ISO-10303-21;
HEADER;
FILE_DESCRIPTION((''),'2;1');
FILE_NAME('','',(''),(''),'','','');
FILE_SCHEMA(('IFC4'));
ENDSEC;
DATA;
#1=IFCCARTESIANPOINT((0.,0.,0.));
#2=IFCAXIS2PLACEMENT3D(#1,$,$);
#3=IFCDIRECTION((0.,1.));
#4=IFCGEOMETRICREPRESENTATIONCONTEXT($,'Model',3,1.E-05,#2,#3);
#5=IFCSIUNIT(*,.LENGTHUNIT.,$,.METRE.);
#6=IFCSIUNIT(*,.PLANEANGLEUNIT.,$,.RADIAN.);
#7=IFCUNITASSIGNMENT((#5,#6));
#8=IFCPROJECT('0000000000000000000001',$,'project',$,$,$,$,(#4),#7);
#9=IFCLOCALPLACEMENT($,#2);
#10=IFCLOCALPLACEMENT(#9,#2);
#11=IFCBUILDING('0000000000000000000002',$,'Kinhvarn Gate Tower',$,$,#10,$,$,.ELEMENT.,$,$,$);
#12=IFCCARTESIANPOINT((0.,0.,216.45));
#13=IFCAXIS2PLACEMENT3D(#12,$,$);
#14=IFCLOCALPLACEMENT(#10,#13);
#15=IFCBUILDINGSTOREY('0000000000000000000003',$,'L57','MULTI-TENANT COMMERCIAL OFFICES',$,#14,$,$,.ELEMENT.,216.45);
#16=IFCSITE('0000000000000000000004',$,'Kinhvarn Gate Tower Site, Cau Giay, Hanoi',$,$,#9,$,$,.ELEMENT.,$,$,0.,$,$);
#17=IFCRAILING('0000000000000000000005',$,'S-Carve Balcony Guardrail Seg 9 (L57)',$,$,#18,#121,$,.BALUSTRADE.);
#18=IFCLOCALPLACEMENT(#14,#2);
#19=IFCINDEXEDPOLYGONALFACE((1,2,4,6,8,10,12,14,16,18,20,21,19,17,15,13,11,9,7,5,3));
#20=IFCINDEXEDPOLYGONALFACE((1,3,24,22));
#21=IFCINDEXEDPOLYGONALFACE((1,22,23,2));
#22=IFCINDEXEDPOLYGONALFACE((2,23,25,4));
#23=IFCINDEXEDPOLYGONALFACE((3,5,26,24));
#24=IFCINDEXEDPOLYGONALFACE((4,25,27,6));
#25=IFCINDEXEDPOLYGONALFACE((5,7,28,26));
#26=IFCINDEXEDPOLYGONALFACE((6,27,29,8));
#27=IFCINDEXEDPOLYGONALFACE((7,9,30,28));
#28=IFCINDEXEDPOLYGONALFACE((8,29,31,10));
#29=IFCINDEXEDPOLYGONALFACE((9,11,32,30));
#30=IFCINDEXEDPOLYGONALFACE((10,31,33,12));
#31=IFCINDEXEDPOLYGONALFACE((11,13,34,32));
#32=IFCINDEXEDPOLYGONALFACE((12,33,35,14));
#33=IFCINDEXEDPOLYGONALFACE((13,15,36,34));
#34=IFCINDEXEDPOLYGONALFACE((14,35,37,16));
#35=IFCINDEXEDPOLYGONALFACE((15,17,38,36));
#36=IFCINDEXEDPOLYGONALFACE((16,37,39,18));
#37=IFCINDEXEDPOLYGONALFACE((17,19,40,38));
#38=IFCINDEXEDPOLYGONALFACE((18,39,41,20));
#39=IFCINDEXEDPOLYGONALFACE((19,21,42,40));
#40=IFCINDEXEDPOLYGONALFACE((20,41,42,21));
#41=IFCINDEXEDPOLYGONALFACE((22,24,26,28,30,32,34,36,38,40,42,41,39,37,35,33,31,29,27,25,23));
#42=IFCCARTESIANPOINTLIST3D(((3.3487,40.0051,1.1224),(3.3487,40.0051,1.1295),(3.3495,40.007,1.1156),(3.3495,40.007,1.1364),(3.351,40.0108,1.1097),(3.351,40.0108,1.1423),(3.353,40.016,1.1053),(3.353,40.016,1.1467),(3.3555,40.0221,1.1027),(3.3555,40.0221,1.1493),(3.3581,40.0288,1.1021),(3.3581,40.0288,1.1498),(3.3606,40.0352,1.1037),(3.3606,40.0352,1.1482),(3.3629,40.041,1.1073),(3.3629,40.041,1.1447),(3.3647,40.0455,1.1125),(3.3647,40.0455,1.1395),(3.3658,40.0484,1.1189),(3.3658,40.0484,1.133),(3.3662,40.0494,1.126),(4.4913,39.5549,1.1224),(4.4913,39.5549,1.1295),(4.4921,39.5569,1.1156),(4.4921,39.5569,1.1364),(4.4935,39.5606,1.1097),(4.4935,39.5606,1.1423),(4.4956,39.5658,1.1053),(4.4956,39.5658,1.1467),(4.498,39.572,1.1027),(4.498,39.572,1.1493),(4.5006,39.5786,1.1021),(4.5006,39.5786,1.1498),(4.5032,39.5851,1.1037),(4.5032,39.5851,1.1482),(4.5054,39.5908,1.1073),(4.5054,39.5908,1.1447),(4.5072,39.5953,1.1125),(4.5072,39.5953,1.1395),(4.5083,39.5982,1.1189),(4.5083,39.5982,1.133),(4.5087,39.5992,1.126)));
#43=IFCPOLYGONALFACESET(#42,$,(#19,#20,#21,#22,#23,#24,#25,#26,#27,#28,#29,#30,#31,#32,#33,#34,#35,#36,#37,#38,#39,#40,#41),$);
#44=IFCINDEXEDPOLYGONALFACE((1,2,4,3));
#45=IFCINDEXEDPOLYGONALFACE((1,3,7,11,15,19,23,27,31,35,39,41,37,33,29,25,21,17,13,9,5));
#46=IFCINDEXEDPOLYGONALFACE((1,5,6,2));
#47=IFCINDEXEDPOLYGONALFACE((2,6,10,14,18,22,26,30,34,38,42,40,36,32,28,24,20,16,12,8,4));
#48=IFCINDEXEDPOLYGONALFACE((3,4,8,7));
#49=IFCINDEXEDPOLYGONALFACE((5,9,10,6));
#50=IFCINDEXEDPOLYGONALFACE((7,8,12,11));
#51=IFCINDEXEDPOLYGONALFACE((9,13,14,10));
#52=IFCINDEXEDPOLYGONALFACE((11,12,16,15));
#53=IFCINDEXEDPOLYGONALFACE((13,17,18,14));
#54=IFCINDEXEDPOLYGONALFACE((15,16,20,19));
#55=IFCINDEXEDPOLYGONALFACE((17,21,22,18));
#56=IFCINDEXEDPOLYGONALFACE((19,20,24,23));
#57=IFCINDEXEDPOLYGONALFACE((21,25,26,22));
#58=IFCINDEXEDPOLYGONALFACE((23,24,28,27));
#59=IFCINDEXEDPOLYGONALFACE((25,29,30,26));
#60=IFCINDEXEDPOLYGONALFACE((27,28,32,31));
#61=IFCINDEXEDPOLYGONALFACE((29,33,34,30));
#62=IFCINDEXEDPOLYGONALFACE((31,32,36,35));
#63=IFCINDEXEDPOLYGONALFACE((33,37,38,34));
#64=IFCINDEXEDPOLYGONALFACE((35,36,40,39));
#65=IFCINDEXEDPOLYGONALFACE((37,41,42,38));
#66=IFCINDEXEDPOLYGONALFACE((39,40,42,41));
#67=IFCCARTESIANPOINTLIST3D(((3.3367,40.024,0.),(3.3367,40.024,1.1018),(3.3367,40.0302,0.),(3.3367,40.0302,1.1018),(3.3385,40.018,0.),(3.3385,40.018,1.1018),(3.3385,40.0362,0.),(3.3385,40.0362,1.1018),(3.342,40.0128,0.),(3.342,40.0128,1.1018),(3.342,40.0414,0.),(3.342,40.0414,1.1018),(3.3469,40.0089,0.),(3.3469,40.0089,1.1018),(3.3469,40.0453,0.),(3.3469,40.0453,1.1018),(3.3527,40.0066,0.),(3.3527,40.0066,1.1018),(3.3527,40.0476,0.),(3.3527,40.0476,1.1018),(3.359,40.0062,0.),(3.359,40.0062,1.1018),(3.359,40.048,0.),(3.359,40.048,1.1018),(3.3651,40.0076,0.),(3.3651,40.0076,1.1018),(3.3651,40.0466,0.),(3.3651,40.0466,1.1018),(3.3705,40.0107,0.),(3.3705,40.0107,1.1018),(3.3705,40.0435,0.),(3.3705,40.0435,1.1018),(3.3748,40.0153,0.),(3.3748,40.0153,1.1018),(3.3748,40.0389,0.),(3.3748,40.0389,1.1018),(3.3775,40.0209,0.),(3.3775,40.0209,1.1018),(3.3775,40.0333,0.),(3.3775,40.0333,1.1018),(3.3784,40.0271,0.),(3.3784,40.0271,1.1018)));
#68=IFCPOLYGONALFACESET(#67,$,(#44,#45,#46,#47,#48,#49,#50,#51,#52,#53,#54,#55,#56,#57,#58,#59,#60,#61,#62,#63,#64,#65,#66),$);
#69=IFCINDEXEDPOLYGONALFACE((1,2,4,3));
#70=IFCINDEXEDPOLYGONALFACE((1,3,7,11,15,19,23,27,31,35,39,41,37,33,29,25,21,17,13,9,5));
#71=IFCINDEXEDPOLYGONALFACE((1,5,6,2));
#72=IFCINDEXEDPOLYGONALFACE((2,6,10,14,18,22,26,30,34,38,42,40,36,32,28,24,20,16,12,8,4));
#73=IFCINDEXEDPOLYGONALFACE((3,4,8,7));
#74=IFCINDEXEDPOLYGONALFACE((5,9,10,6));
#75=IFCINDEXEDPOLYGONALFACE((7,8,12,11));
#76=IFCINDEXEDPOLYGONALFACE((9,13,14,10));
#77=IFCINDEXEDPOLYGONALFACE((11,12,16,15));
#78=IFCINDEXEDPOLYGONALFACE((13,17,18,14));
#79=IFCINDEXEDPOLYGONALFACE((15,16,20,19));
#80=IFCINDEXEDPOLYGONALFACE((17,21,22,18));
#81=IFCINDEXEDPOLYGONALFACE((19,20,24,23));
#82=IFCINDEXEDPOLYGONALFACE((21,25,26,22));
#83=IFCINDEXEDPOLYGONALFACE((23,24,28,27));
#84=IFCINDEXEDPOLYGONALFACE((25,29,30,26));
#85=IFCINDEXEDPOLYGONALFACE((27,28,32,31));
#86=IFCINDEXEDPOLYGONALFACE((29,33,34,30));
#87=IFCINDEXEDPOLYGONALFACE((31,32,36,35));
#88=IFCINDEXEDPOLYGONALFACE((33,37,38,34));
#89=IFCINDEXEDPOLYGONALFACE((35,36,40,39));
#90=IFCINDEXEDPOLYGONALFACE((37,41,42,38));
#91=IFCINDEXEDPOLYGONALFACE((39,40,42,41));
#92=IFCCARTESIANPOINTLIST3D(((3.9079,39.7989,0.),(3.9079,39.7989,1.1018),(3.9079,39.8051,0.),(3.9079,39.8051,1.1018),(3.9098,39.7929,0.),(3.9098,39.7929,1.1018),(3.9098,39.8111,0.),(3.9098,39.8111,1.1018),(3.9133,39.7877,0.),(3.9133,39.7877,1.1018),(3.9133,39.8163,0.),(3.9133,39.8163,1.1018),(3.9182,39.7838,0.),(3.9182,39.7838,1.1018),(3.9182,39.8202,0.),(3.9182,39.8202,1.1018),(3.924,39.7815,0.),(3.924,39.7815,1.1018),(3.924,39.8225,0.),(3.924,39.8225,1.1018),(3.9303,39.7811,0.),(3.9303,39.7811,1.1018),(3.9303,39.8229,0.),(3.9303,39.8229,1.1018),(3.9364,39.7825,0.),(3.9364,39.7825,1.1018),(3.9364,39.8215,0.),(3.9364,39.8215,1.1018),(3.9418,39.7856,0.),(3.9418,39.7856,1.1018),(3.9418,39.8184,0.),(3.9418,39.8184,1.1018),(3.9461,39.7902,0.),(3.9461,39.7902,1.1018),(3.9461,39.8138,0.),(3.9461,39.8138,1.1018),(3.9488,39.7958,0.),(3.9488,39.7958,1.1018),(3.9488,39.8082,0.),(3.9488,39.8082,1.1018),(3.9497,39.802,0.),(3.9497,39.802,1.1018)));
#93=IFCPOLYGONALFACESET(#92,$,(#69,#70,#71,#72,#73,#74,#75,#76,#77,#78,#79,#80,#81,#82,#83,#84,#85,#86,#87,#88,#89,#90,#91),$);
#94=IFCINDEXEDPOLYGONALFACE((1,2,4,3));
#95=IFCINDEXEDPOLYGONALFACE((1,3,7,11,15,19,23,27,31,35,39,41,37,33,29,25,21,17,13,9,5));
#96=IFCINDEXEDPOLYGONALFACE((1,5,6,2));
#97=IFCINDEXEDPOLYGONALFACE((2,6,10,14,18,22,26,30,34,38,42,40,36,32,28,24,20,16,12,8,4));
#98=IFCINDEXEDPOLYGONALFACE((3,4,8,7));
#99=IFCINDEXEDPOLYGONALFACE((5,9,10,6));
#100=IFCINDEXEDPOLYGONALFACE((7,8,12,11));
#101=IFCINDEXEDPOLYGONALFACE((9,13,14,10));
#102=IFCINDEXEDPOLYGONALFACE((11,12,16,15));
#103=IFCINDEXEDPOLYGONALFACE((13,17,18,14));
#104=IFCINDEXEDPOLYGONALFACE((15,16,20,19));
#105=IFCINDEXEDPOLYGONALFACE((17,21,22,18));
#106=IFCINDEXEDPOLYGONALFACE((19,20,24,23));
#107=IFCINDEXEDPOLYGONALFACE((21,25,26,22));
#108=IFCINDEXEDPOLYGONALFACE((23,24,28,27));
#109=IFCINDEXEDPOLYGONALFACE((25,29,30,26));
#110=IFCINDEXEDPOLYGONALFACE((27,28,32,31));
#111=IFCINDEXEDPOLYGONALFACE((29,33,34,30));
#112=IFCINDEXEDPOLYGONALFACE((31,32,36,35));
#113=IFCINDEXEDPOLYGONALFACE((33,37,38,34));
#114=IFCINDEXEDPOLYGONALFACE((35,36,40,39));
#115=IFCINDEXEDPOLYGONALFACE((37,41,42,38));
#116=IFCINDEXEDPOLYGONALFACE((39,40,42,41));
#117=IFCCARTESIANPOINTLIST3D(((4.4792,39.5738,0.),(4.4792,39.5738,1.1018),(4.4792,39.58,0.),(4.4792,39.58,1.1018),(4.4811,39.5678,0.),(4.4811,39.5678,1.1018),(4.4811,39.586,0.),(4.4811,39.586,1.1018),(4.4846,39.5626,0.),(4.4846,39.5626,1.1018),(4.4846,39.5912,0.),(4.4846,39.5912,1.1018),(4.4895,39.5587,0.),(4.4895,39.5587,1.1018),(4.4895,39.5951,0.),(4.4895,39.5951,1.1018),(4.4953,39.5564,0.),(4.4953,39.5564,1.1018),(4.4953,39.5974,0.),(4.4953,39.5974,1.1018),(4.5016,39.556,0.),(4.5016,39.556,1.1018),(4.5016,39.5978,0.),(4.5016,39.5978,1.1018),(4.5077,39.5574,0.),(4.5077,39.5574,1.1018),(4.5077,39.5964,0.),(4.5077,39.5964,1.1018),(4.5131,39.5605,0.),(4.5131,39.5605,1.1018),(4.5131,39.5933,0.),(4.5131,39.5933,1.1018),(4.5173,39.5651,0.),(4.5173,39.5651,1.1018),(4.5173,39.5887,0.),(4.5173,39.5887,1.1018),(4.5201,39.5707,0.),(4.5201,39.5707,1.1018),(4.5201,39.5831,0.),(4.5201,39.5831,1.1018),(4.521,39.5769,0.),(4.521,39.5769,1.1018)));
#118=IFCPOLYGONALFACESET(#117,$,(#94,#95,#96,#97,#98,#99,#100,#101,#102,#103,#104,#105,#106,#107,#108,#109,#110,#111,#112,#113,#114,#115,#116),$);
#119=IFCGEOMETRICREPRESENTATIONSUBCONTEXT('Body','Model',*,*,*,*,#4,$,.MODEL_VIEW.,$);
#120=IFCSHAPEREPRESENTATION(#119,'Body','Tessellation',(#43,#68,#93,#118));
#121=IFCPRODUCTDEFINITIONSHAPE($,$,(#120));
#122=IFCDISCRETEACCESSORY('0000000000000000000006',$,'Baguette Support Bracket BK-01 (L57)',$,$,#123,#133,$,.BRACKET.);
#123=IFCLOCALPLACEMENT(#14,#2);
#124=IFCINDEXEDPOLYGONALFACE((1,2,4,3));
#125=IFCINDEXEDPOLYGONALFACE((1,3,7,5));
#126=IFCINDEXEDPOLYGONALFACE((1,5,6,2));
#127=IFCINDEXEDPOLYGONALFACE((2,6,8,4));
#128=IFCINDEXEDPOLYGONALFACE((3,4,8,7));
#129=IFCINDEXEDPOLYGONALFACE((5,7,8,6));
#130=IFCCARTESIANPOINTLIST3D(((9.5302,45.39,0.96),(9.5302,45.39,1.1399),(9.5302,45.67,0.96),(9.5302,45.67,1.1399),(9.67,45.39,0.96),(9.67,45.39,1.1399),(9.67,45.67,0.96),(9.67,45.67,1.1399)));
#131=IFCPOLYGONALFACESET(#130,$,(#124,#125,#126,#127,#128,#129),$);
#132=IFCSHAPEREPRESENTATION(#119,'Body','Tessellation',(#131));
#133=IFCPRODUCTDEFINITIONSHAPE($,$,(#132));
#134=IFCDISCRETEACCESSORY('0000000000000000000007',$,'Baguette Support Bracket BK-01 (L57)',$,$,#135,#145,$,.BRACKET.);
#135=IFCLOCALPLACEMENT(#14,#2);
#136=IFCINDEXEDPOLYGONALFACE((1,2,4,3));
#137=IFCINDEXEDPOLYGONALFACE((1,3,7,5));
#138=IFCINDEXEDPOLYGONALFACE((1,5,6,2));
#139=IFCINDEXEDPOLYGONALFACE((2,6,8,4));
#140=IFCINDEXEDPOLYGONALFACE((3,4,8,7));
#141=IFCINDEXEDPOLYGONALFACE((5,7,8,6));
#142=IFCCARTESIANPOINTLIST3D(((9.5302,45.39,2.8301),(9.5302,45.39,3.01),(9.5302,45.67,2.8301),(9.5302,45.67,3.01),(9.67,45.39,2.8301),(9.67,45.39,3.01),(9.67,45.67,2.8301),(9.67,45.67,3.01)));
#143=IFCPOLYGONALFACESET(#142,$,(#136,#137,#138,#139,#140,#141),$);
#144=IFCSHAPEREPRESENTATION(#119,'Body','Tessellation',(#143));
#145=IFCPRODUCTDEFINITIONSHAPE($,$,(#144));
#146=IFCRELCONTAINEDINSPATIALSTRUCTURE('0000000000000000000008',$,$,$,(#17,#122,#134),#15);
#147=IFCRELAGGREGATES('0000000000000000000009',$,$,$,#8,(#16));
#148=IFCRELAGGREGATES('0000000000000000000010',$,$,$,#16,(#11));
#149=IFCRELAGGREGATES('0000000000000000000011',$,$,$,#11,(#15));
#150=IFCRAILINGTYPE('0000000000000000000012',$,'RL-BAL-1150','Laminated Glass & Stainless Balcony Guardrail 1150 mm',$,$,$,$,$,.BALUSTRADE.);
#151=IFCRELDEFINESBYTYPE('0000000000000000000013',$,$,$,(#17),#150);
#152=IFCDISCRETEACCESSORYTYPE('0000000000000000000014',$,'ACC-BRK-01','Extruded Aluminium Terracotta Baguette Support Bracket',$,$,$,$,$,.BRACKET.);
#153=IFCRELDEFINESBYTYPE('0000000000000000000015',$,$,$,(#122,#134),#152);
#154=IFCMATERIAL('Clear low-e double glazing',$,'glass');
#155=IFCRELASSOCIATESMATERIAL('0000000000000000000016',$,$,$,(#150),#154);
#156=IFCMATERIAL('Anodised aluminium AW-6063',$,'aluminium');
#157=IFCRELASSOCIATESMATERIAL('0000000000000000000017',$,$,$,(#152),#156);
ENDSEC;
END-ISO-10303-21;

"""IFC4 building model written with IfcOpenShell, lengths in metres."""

from ifc_helpers import new_model, si_unit, direction, frame, origin, origin_2d, place, context, subcontext, project, spatial, rectangle, circle, extrude, material, type_object, element, save


model = new_model("IFC4")

# Units and contexts
model_context = context("Model", 3, precision=1e-05, world=origin(), true_north=direction((0.0, 1.0)))
body_context = subcontext(model_context, "Body", "Model", "MODEL_VIEW")
ifc_project = project(units=[si_unit("LENGTHUNIT", "METRE"), si_unit("PLANEANGLEUNIT", "RADIAN")], contexts=[model_context])

# Site, building, storey
site_placement = place(None, origin())
site = spatial("IfcSite", under=ifc_project, at=site_placement, Name="Kinhvarn Gate Tower Site, Cau Giay, Hanoi", CompositionType="ELEMENT", RefElevation=0.0)
building_placement = place(site_placement, origin())
building = spatial("IfcBuilding", under=site, at=building_placement, Name="Kinhvarn Gate Tower", CompositionType="ELEMENT")
storey_placement = place(building_placement, frame((0.0, 0.0, 216.45)))
storey = spatial("IfcBuildingStorey", under=building, at=storey_placement, Name="L57", Description="MULTI-TENANT COMMERCIAL OFFICES", CompositionType="ELEMENT", Elevation=216.45)

# Shared definitions
ifc_material_1 = material(Name="Anodised aluminium AW-6063", Category="aluminium")

# Shared definitions
ifc_material_2 = material(Name="Clear low-e double glazing", Category="glass")

# Railing
railing_type = type_object("IfcRailingType", Name="RL-BAL-1150", Description="Laminated Glass & Stainless Balcony Guardrail 1150 mm", PredefinedType="BALUSTRADE", material=ifc_material_2)
railing_1_placement = place(storey_placement, frame((3.3574, 40.0271, 0.0)))
element("IfcRailing", 1, at=railing_1_placement, inside=storey, type_object=railing_type, Name="S-Carve Balcony Guardrail Seg 9 (L57)", PredefinedType="BALUSTRADE", context=body_context, shape_type="SweptSolid", body=[
    extrude(circle(Radius=0.0239, at=origin_2d()), frame((0.0, 0.0, 1.126), z_axis=(0.930384, -0.366587, 0.0), x_axis=(0.366587, 0.930384, 0.0)), (0.0, 0.0, 1.0), 1.228),
    extrude(circle(Radius=0.021, at=origin_2d()), origin(), (0.0, 0.0, 1.0), 1.1018),
    extrude(circle(Radius=0.021, at=origin_2d()), frame((0.5713, -0.2251, 0.0)), (0.0, 0.0, 1.0), 1.1018),
    extrude(circle(Radius=0.021, at=origin_2d()), frame((1.1426, -0.4502, 0.0)), (0.0, 0.0, 1.0), 1.1018),
])

# Discrete accessories
discrete_accessory_type = type_object("IfcDiscreteAccessoryType", Name="ACC-BRK-01", Description="Extruded Aluminium Terracotta Baguette Support Bracket", PredefinedType="BRACKET", material=ifc_material_1)
for number, where, z_axis, x_axis, name in (
    (2, (9.6001, 45.53, 0.96), (0.0, 0.0, 1.0), (-1.0, 0.0, 0.0), "Baguette Support Bracket BK-01 (L57)"),
    (3, (9.6001, 45.53, 2.8301), (0.0, 0.0, 1.0), (-1.0, 0.0, 0.0), "Baguette Support Bracket BK-01 (L57)"),
):
    element("IfcDiscreteAccessory", number, at=place(storey_placement, frame(where, z_axis=z_axis, x_axis=x_axis)), inside=storey, type_object=discrete_accessory_type, Name=name, PredefinedType="BRACKET", context=body_context, shape_type="SweptSolid", body=[
        extrude(rectangle(XDim=0.1399, YDim=0.28, at=origin_2d()), origin(), (0.0, 0.0, 1.0), 0.1799),
    ])

save(model, "model.ifc")
